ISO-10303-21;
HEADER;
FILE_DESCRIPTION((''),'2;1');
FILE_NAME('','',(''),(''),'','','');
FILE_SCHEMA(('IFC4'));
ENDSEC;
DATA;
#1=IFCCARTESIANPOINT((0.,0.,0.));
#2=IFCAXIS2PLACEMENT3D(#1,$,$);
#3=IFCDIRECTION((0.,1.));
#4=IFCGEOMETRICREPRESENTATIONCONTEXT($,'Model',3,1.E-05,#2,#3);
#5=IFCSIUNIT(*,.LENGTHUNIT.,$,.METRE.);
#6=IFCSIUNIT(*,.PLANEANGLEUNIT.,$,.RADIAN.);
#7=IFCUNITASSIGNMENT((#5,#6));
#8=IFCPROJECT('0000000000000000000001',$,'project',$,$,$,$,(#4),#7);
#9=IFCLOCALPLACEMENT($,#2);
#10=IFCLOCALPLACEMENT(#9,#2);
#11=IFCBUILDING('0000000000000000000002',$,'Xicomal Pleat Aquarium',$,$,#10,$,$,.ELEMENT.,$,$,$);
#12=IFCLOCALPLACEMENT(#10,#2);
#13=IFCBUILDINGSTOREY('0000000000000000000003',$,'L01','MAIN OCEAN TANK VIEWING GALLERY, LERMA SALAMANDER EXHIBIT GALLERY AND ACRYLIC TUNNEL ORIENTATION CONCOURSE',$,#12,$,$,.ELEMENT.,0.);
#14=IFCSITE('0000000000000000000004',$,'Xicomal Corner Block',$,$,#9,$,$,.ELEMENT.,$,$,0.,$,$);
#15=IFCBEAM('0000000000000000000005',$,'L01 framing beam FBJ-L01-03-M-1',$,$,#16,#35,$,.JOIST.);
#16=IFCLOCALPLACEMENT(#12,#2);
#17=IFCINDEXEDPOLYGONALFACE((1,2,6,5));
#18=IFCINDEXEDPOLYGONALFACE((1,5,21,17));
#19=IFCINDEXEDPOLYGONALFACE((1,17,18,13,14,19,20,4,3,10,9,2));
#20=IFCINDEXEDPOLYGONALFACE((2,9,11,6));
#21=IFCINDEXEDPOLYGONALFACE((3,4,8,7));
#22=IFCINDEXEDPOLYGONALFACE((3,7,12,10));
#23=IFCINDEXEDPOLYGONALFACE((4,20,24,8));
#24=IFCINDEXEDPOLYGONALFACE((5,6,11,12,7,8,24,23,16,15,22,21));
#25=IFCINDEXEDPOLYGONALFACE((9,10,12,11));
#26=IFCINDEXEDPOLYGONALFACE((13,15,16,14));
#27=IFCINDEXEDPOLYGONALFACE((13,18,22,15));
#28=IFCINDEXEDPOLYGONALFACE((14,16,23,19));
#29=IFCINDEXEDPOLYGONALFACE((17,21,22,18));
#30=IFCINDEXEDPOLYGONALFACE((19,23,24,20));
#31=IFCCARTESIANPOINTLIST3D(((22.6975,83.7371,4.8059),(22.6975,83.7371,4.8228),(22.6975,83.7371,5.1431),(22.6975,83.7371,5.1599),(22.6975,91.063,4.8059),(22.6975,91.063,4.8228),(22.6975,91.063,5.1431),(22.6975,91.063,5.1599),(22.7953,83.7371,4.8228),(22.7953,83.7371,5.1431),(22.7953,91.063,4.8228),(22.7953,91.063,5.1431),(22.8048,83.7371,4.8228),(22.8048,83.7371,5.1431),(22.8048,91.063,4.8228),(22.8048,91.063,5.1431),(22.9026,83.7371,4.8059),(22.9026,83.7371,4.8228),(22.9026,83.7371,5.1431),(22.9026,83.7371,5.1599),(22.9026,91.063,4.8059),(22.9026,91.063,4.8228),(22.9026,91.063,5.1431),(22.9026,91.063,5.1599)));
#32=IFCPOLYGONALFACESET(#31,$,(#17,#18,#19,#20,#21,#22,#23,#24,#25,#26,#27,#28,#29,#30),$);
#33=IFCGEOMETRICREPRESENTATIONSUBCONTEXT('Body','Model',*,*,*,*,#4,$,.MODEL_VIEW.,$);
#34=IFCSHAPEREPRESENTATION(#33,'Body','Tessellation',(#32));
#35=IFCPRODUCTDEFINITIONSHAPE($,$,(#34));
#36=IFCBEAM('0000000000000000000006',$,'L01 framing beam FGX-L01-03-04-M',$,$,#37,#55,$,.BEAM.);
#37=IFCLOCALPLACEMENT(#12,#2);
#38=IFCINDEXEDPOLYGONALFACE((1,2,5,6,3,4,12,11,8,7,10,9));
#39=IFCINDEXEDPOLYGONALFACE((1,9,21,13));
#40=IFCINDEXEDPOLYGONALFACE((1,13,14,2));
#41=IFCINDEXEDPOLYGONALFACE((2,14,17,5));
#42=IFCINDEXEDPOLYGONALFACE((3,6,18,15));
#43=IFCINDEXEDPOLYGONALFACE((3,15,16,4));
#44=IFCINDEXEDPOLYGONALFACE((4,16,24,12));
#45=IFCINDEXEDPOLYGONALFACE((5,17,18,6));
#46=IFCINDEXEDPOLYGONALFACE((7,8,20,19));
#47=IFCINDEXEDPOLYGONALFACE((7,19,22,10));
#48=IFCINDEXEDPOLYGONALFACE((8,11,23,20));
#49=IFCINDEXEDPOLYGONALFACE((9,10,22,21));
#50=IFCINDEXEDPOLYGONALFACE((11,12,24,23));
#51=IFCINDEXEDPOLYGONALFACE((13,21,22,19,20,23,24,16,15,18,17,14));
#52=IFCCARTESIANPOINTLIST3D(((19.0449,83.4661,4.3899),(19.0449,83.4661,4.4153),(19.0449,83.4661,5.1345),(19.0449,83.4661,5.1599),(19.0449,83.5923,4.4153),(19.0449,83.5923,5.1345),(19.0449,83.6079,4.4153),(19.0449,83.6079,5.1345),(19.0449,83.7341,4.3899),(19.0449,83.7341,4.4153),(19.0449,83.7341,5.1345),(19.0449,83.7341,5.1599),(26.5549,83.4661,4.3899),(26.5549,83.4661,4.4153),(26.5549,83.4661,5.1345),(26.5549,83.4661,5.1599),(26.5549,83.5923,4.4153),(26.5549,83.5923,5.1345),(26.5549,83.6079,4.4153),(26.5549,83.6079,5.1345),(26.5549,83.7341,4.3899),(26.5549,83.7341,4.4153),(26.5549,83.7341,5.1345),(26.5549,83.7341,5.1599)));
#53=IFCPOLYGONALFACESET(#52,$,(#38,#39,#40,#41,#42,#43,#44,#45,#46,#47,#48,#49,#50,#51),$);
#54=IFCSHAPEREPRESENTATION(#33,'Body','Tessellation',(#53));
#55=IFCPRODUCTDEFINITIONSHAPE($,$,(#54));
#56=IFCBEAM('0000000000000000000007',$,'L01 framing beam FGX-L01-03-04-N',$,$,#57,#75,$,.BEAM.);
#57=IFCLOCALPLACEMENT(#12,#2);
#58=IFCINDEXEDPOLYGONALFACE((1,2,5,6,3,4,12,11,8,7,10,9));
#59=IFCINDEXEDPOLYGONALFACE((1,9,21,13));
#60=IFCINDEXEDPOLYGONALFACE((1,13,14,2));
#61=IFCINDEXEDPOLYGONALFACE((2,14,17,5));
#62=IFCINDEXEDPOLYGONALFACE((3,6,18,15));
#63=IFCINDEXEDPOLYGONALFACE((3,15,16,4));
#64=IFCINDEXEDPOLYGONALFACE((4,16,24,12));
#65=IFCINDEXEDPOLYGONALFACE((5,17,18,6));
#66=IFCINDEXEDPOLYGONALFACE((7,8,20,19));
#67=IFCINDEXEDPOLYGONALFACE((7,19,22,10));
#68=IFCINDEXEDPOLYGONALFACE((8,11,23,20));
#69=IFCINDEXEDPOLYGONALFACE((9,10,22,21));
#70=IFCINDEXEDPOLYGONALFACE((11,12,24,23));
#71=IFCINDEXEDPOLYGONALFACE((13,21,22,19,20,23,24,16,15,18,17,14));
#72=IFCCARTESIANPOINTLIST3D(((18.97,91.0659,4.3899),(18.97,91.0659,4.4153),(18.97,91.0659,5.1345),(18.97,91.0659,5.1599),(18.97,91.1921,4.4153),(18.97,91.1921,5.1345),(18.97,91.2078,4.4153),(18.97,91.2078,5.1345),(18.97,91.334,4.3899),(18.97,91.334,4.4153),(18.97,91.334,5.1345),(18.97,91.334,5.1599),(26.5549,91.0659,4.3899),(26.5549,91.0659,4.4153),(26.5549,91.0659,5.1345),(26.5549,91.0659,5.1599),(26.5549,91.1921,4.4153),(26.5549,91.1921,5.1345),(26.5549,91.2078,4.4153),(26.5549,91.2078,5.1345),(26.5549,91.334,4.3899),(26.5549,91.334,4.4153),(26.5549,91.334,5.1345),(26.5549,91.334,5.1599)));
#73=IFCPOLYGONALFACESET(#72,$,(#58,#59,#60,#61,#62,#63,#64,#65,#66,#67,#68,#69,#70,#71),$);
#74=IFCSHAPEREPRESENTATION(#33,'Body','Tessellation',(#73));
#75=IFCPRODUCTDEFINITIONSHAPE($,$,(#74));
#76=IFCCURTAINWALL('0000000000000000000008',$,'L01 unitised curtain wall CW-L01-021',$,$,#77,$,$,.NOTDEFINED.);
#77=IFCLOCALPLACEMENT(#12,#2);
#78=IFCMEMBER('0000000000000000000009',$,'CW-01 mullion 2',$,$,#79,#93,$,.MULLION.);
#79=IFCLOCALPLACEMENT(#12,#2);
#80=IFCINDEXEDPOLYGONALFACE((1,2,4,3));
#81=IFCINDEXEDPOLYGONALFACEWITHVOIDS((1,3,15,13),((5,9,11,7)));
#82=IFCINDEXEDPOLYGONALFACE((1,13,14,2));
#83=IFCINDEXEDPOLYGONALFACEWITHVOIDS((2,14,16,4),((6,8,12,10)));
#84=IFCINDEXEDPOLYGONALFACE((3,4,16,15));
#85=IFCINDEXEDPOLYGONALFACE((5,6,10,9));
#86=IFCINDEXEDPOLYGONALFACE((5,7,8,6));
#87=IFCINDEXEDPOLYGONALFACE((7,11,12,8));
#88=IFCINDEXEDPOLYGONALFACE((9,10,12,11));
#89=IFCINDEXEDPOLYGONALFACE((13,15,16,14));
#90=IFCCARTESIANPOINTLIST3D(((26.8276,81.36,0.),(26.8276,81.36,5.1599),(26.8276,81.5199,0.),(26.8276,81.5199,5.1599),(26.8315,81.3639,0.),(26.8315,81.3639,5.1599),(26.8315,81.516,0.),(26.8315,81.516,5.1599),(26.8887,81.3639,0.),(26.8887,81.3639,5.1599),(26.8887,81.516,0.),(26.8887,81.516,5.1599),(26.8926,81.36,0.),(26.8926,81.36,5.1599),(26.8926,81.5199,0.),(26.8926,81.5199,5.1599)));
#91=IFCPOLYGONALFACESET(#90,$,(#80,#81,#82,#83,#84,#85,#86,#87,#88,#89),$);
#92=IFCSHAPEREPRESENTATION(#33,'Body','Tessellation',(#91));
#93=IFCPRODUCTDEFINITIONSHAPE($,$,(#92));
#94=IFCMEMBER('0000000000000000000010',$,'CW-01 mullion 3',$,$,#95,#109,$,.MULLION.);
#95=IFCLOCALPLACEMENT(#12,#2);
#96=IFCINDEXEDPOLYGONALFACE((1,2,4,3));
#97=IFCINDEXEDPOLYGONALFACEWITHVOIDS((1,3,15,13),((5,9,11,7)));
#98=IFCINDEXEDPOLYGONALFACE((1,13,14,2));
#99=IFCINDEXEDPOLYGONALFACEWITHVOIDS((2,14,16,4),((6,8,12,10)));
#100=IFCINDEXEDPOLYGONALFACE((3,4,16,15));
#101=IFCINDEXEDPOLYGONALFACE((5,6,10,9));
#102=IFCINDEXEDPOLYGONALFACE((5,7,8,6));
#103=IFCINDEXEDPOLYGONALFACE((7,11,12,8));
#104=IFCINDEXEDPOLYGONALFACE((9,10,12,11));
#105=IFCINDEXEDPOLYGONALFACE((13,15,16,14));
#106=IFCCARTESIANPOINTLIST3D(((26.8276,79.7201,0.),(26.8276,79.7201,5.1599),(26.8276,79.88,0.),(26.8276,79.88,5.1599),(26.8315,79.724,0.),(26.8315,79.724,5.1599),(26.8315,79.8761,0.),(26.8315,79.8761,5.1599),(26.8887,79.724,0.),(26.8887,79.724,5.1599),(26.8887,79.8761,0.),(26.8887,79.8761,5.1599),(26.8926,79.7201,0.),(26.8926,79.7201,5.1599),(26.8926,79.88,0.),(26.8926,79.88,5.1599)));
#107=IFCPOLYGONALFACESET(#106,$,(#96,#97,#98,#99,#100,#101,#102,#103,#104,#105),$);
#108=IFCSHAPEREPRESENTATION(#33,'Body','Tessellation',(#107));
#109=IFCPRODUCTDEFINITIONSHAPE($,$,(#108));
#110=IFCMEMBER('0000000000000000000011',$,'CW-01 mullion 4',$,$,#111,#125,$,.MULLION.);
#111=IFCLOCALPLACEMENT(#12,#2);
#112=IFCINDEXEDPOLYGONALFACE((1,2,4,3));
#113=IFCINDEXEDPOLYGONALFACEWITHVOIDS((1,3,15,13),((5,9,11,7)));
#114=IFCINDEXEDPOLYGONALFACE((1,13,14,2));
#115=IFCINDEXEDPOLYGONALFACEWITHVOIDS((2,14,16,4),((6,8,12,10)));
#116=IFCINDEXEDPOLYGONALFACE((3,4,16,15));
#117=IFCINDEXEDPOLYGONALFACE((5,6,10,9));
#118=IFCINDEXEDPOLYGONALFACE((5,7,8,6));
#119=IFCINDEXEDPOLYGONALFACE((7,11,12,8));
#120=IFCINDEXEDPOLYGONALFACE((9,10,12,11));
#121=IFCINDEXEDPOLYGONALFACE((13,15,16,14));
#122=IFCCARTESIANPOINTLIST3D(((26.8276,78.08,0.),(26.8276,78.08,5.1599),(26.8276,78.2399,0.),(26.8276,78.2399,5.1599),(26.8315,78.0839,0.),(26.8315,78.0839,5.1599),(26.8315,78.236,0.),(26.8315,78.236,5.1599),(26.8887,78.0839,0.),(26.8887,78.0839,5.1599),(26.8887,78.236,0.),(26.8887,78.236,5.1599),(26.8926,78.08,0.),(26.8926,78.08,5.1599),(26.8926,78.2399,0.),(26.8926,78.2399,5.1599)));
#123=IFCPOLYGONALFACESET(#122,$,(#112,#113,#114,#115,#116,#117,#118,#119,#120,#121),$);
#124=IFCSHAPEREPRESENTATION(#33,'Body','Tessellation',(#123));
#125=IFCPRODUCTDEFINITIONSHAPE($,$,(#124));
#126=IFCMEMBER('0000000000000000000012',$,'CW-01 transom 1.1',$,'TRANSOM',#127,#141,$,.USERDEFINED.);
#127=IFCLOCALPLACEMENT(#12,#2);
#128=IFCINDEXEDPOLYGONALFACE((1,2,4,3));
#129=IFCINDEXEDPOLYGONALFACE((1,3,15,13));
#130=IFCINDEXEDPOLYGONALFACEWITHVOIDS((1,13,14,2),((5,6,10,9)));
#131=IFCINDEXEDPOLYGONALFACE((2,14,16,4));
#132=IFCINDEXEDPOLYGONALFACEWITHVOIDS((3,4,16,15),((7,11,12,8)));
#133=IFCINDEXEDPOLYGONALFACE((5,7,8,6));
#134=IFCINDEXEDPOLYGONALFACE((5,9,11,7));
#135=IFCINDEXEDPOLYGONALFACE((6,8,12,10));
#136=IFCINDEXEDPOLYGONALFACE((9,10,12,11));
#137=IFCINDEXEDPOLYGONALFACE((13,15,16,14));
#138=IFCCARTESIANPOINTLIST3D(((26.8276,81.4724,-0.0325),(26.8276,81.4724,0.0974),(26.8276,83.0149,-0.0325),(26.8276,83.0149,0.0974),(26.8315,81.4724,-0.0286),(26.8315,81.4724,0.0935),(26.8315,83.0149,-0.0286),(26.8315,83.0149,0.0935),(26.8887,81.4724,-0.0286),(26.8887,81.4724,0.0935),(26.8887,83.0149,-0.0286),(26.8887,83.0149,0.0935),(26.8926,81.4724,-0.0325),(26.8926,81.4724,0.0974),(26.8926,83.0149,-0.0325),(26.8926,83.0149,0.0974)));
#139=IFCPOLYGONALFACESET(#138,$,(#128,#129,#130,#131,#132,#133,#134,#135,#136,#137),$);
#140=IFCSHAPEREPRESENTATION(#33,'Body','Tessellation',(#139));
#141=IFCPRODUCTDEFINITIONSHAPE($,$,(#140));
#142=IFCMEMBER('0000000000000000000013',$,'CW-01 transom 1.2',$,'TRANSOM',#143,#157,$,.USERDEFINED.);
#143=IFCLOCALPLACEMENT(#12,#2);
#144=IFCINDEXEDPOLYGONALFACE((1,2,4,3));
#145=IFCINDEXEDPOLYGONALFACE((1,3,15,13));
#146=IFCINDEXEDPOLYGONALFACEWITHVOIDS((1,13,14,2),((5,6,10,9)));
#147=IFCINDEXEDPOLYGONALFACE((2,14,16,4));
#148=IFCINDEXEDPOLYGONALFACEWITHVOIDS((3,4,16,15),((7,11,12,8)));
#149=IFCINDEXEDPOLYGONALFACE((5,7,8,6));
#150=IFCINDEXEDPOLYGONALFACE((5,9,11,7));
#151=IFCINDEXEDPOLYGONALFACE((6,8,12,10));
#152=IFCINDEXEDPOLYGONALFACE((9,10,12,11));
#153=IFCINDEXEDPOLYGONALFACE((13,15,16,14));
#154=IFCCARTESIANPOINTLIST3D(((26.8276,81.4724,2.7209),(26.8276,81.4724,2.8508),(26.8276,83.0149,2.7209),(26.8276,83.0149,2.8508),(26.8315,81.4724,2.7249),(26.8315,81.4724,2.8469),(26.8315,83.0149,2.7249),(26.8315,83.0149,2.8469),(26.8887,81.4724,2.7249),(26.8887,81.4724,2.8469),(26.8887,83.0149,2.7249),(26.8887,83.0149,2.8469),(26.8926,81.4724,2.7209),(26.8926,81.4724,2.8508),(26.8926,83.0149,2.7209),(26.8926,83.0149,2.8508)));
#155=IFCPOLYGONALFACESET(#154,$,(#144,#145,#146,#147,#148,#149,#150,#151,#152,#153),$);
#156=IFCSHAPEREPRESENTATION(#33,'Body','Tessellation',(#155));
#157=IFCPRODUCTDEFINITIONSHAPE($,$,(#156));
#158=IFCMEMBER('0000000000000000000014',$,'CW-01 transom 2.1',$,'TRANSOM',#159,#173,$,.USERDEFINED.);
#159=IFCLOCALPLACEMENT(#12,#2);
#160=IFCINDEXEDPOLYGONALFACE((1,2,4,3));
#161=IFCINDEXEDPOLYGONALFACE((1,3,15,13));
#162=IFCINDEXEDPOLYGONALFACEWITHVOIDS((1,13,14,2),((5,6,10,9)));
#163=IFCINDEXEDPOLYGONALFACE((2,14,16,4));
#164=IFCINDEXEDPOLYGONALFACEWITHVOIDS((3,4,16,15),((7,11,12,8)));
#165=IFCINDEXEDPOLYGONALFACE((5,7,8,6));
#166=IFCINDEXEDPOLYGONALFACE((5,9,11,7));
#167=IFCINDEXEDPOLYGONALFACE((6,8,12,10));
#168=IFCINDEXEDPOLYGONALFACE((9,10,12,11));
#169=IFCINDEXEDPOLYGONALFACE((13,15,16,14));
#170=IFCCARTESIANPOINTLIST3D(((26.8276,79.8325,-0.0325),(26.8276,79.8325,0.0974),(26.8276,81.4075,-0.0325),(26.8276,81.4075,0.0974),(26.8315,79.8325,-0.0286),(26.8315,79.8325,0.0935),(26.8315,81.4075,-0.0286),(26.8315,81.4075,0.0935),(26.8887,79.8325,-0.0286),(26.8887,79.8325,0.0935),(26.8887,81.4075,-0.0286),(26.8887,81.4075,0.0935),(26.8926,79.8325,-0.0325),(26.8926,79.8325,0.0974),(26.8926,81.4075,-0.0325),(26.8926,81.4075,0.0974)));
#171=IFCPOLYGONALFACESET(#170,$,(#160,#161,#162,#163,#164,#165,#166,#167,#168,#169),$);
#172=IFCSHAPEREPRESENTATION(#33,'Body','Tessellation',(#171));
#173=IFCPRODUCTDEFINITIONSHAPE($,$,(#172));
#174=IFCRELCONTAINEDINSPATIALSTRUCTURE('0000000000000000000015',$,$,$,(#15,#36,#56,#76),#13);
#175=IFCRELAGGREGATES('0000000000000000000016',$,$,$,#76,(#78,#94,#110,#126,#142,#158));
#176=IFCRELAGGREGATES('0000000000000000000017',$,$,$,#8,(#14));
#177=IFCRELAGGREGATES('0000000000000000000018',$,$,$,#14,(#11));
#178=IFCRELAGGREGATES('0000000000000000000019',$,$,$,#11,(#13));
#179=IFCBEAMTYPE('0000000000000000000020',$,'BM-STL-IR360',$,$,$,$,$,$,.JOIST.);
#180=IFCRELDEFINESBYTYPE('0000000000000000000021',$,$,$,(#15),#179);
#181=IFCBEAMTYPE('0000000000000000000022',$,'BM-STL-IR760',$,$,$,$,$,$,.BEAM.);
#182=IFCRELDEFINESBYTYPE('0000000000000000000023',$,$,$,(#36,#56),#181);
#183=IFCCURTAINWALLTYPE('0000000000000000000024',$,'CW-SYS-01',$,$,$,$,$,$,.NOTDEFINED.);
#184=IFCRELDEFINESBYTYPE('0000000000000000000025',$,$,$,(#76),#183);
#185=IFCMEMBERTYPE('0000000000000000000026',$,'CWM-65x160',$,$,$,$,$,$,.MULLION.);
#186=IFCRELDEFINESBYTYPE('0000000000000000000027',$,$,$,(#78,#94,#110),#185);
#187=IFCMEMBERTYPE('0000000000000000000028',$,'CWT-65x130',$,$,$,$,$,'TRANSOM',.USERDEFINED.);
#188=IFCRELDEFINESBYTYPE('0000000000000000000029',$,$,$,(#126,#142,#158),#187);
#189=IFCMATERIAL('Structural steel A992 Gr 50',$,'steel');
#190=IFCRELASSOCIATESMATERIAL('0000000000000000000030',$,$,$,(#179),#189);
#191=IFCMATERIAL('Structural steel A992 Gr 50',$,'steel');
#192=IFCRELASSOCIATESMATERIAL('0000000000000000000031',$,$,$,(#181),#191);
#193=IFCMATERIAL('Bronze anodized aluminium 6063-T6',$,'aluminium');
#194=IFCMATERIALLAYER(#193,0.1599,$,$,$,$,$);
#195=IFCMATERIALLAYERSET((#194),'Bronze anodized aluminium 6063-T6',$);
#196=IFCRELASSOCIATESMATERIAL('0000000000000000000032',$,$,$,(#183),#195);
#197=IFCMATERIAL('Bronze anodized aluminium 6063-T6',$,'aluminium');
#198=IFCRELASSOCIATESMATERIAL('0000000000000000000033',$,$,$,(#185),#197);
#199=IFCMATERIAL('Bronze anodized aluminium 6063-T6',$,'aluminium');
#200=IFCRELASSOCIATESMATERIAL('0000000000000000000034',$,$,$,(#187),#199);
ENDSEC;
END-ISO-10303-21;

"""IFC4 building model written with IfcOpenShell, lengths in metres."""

from ifc_helpers import new_model, si_unit, direction, frame, origin, origin_2d, place, context, subcontext, project, spatial, hollow_rectangle, i_section, extrude, material, layer, layer_set, material_profile, profile_set, type_object, element, aggregate, save


model = new_model("IFC4")

# Units and contexts
model_context = context("Model", 3, precision=1e-05, world=origin(), true_north=direction((0.0, 1.0)))
body_context = subcontext(model_context, "Body", "Model", "MODEL_VIEW")
ifc_project = project(units=[si_unit("LENGTHUNIT", "METRE"), si_unit("PLANEANGLEUNIT", "RADIAN")], contexts=[model_context])

# Site, building, storey
site_placement = place(None, origin())
site = spatial("IfcSite", under=ifc_project, at=site_placement, Name="Xicomal Corner Block", CompositionType="ELEMENT", RefElevation=0.0)
building_placement = place(site_placement, origin())
building = spatial("IfcBuilding", under=site, at=building_placement, Name="Xicomal Pleat Aquarium", CompositionType="ELEMENT")
storey_placement = place(building_placement, origin())
storey = spatial("IfcBuildingStorey", under=building, at=storey_placement, Name="L01", Description="MAIN OCEAN TANK VIEWING GALLERY, LERMA SALAMANDER EXHIBIT GALLERY AND ACRYLIC TUNNEL ORIENTATION CONCOURSE", CompositionType="ELEMENT", Elevation=0.0)

# Beams
ifc_material_1 = material(Name="Structural steel A992 Gr 50", Category="steel")
ifc_material_profile_1 = material_profile(ifc_material_1, i_section(OverallWidth=0.2051, OverallDepth=0.354, WebThickness=0.0095, FlangeThickness=0.0168, at=origin_2d()), Name="IR 360x79")
ifc_profile_set_1 = profile_set([ifc_material_profile_1], Name="Structural steel A992 Gr 50")
beam_type_1 = type_object("IfcBeamType", Name="BM-STL-IR360", PredefinedType="JOIST", material=ifc_profile_set_1)
beam_1_placement = place(storey_placement, frame((22.8, 83.7371, 4.9829), z_axis=(0.0, 1.0, 0.0), x_axis=(-1.0, 0.0, 0.0)))
element("IfcBeam", 1, at=beam_1_placement, inside=storey, type_object=beam_type_1, Name="L01 framing beam FBJ-L01-03-M-1", PredefinedType="JOIST", context=body_context, shape_type="SweptSolid", body=[
    extrude(i_section(OverallWidth=0.2051, OverallDepth=0.354, WebThickness=0.0095, FlangeThickness=0.0168, at=origin_2d()), origin(), (0.0, 0.0, 1.0), 7.3259),
])
ifc_material_2 = material(Name="Structural steel A992 Gr 50", Category="steel")
ifc_material_profile_2 = material_profile(ifc_material_2, i_section(OverallWidth=0.2681, OverallDepth=0.77, WebThickness=0.0156, FlangeThickness=0.0254, at=origin_2d()), Name="IR 760x196")
ifc_profile_set_2 = profile_set([ifc_material_profile_2], Name="Structural steel A992 Gr 50")
beam_type_2 = type_object("IfcBeamType", Name="BM-STL-IR760", PredefinedType="BEAM", material=ifc_profile_set_2)
beam_2_placement = place(storey_placement, frame((19.0449, 83.6001, 4.7749), z_axis=(1.0, 0.0, 0.0), x_axis=(0.0, 1.0, 0.0)))
element("IfcBeam", 2, at=beam_2_placement, inside=storey, type_object=beam_type_2, Name="L01 framing beam FGX-L01-03-04-M", PredefinedType="BEAM", context=body_context, shape_type="SweptSolid", body=[
    extrude(i_section(OverallWidth=0.2681, OverallDepth=0.77, WebThickness=0.0156, FlangeThickness=0.0254, at=origin_2d()), origin(), (0.0, 0.0, 1.0), 7.51),
])
beam_3_placement = place(storey_placement, frame((18.97, 91.2, 4.7749), z_axis=(1.0, 0.0, 0.0), x_axis=(0.0, 1.0, 0.0)))
element("IfcBeam", 3, at=beam_3_placement, inside=storey, type_object=beam_type_2, Name="L01 framing beam FGX-L01-03-04-N", PredefinedType="BEAM", context=body_context, shape_type="SweptSolid", body=[
    extrude(i_section(OverallWidth=0.2681, OverallDepth=0.77, WebThickness=0.0156, FlangeThickness=0.0254, at=origin_2d()), origin(), (0.0, 0.0, 1.0), 7.585),
])

# Curtain wall, members
ifc_material_3 = material(Name="Bronze anodized aluminium 6063-T6", Category="aluminium")
ifc_layer_1 = layer(ifc_material_3, 0.1599)
ifc_layer_set_1 = layer_set([ifc_layer_1], Name="Bronze anodized aluminium 6063-T6")
curtain_wall_type = type_object("IfcCurtainWallType", Name="CW-SYS-01", PredefinedType="NOTDEFINED", material=ifc_layer_set_1)
curtain_wall_placement = place(storey_placement, origin())
curtain_wall = element("IfcCurtainWall", 4, at=curtain_wall_placement, inside=storey, type_object=curtain_wall_type, Name="L01 unitised curtain wall CW-L01-021", PredefinedType="NOTDEFINED")
ifc_material_4 = material(Name="Bronze anodized aluminium 6063-T6", Category="aluminium")
ifc_material_profile_3 = material_profile(ifc_material_4, hollow_rectangle(XDim=0.0649, YDim=0.1599, WallThickness=0.0039, at=origin_2d()), Name="ALU MULL 65x160")
ifc_profile_set_3 = profile_set([ifc_material_profile_3], Name="Bronze anodized aluminium 6063-T6")
member_type_1 = type_object("IfcMemberType", Name="CWM-65x160", PredefinedType="MULLION", material=ifc_profile_set_3)
member_1_placement = place(storey_placement, frame((26.8601, 81.4399, 0.0), z_axis=(0.0, 0.0, 1.0), x_axis=(1.0, 0.0, 0.0)))
member_1 = element("IfcMember", 5, at=member_1_placement, type_object=member_type_1, Name="CW-01 mullion 2", PredefinedType="MULLION", context=body_context, shape_type="SweptSolid", body=[
    extrude(hollow_rectangle(XDim=0.0649, YDim=0.1599, WallThickness=0.0039, at=origin_2d()), origin(), (0.0, 0.0, 1.0), 5.1599),
])
member_2_placement = place(storey_placement, frame((26.8601, 79.8, 0.0), z_axis=(0.0, 0.0, 1.0), x_axis=(1.0, 0.0, 0.0)))
member_2 = element("IfcMember", 6, at=member_2_placement, type_object=member_type_1, Name="CW-01 mullion 3", PredefinedType="MULLION", context=body_context, shape_type="SweptSolid", body=[
    extrude(hollow_rectangle(XDim=0.0649, YDim=0.1599, WallThickness=0.0039, at=origin_2d()), origin(), (0.0, 0.0, 1.0), 5.1599),
])
member_3_placement = place(storey_placement, frame((26.8601, 78.1599, 0.0), z_axis=(0.0, 0.0, 1.0), x_axis=(1.0, 0.0, 0.0)))
member_3 = element("IfcMember", 7, at=member_3_placement, type_object=member_type_1, Name="CW-01 mullion 4", PredefinedType="MULLION", context=body_context, shape_type="SweptSolid", body=[
    extrude(hollow_rectangle(XDim=0.0649, YDim=0.1599, WallThickness=0.0039, at=origin_2d()), origin(), (0.0, 0.0, 1.0), 5.1599),
])
ifc_material_5 = material(Name="Bronze anodized aluminium 6063-T6", Category="aluminium")
ifc_material_profile_4 = material_profile(ifc_material_5, hollow_rectangle(XDim=0.0649, YDim=0.1299, WallThickness=0.0039, at=origin_2d()), Name="ALU TRAN 65x130")
ifc_profile_set_4 = profile_set([ifc_material_profile_4], Name="Bronze anodized aluminium 6063-T6")
member_type_2 = type_object("IfcMemberType", Name="CWT-65x130", ElementType="TRANSOM", PredefinedType="USERDEFINED", material=ifc_profile_set_4)
member_4_placement = place(storey_placement, frame((26.8601, 83.0149, 0.0325), z_axis=(0.0, -1.0, 0.0), x_axis=(1.0, 0.0, 0.0)))
member_4 = element("IfcMember", 8, at=member_4_placement, type_object=member_type_2, Name="CW-01 transom 1.1", ObjectType="TRANSOM", PredefinedType="USERDEFINED", context=body_context, shape_type="SweptSolid", body=[
    extrude(hollow_rectangle(XDim=0.0649, YDim=0.1299, WallThickness=0.0039, at=origin_2d()), origin(), (0.0, 0.0, 1.0), 1.5425),
])
member_5_placement = place(storey_placement, frame((26.8601, 83.0149, 2.7859), z_axis=(0.0, -1.0, 0.0), x_axis=(1.0, 0.0, 0.0)))
member_5 = element("IfcMember", 9, at=member_5_placement, type_object=member_type_2, Name="CW-01 transom 1.2", ObjectType="TRANSOM", PredefinedType="USERDEFINED", context=body_context, shape_type="SweptSolid", body=[
    extrude(hollow_rectangle(XDim=0.0649, YDim=0.1299, WallThickness=0.0039, at=origin_2d()), origin(), (0.0, 0.0, 1.0), 1.5425),
])
member_6_placement = place(storey_placement, frame((26.8601, 81.4075, 0.0325), z_axis=(0.0, -1.0, 0.0), x_axis=(1.0, 0.0, 0.0)))
member_6 = element("IfcMember", 10, at=member_6_placement, type_object=member_type_2, Name="CW-01 transom 2.1", ObjectType="TRANSOM", PredefinedType="USERDEFINED", context=body_context, shape_type="SweptSolid", body=[
    extrude(hollow_rectangle(XDim=0.0649, YDim=0.1299, WallThickness=0.0039, at=origin_2d()), origin(), (0.0, 0.0, 1.0), 1.575),
])
aggregate(curtain_wall, [member_1, member_2, member_3, member_4, member_5, member_6])

save(model, "model.ifc")
